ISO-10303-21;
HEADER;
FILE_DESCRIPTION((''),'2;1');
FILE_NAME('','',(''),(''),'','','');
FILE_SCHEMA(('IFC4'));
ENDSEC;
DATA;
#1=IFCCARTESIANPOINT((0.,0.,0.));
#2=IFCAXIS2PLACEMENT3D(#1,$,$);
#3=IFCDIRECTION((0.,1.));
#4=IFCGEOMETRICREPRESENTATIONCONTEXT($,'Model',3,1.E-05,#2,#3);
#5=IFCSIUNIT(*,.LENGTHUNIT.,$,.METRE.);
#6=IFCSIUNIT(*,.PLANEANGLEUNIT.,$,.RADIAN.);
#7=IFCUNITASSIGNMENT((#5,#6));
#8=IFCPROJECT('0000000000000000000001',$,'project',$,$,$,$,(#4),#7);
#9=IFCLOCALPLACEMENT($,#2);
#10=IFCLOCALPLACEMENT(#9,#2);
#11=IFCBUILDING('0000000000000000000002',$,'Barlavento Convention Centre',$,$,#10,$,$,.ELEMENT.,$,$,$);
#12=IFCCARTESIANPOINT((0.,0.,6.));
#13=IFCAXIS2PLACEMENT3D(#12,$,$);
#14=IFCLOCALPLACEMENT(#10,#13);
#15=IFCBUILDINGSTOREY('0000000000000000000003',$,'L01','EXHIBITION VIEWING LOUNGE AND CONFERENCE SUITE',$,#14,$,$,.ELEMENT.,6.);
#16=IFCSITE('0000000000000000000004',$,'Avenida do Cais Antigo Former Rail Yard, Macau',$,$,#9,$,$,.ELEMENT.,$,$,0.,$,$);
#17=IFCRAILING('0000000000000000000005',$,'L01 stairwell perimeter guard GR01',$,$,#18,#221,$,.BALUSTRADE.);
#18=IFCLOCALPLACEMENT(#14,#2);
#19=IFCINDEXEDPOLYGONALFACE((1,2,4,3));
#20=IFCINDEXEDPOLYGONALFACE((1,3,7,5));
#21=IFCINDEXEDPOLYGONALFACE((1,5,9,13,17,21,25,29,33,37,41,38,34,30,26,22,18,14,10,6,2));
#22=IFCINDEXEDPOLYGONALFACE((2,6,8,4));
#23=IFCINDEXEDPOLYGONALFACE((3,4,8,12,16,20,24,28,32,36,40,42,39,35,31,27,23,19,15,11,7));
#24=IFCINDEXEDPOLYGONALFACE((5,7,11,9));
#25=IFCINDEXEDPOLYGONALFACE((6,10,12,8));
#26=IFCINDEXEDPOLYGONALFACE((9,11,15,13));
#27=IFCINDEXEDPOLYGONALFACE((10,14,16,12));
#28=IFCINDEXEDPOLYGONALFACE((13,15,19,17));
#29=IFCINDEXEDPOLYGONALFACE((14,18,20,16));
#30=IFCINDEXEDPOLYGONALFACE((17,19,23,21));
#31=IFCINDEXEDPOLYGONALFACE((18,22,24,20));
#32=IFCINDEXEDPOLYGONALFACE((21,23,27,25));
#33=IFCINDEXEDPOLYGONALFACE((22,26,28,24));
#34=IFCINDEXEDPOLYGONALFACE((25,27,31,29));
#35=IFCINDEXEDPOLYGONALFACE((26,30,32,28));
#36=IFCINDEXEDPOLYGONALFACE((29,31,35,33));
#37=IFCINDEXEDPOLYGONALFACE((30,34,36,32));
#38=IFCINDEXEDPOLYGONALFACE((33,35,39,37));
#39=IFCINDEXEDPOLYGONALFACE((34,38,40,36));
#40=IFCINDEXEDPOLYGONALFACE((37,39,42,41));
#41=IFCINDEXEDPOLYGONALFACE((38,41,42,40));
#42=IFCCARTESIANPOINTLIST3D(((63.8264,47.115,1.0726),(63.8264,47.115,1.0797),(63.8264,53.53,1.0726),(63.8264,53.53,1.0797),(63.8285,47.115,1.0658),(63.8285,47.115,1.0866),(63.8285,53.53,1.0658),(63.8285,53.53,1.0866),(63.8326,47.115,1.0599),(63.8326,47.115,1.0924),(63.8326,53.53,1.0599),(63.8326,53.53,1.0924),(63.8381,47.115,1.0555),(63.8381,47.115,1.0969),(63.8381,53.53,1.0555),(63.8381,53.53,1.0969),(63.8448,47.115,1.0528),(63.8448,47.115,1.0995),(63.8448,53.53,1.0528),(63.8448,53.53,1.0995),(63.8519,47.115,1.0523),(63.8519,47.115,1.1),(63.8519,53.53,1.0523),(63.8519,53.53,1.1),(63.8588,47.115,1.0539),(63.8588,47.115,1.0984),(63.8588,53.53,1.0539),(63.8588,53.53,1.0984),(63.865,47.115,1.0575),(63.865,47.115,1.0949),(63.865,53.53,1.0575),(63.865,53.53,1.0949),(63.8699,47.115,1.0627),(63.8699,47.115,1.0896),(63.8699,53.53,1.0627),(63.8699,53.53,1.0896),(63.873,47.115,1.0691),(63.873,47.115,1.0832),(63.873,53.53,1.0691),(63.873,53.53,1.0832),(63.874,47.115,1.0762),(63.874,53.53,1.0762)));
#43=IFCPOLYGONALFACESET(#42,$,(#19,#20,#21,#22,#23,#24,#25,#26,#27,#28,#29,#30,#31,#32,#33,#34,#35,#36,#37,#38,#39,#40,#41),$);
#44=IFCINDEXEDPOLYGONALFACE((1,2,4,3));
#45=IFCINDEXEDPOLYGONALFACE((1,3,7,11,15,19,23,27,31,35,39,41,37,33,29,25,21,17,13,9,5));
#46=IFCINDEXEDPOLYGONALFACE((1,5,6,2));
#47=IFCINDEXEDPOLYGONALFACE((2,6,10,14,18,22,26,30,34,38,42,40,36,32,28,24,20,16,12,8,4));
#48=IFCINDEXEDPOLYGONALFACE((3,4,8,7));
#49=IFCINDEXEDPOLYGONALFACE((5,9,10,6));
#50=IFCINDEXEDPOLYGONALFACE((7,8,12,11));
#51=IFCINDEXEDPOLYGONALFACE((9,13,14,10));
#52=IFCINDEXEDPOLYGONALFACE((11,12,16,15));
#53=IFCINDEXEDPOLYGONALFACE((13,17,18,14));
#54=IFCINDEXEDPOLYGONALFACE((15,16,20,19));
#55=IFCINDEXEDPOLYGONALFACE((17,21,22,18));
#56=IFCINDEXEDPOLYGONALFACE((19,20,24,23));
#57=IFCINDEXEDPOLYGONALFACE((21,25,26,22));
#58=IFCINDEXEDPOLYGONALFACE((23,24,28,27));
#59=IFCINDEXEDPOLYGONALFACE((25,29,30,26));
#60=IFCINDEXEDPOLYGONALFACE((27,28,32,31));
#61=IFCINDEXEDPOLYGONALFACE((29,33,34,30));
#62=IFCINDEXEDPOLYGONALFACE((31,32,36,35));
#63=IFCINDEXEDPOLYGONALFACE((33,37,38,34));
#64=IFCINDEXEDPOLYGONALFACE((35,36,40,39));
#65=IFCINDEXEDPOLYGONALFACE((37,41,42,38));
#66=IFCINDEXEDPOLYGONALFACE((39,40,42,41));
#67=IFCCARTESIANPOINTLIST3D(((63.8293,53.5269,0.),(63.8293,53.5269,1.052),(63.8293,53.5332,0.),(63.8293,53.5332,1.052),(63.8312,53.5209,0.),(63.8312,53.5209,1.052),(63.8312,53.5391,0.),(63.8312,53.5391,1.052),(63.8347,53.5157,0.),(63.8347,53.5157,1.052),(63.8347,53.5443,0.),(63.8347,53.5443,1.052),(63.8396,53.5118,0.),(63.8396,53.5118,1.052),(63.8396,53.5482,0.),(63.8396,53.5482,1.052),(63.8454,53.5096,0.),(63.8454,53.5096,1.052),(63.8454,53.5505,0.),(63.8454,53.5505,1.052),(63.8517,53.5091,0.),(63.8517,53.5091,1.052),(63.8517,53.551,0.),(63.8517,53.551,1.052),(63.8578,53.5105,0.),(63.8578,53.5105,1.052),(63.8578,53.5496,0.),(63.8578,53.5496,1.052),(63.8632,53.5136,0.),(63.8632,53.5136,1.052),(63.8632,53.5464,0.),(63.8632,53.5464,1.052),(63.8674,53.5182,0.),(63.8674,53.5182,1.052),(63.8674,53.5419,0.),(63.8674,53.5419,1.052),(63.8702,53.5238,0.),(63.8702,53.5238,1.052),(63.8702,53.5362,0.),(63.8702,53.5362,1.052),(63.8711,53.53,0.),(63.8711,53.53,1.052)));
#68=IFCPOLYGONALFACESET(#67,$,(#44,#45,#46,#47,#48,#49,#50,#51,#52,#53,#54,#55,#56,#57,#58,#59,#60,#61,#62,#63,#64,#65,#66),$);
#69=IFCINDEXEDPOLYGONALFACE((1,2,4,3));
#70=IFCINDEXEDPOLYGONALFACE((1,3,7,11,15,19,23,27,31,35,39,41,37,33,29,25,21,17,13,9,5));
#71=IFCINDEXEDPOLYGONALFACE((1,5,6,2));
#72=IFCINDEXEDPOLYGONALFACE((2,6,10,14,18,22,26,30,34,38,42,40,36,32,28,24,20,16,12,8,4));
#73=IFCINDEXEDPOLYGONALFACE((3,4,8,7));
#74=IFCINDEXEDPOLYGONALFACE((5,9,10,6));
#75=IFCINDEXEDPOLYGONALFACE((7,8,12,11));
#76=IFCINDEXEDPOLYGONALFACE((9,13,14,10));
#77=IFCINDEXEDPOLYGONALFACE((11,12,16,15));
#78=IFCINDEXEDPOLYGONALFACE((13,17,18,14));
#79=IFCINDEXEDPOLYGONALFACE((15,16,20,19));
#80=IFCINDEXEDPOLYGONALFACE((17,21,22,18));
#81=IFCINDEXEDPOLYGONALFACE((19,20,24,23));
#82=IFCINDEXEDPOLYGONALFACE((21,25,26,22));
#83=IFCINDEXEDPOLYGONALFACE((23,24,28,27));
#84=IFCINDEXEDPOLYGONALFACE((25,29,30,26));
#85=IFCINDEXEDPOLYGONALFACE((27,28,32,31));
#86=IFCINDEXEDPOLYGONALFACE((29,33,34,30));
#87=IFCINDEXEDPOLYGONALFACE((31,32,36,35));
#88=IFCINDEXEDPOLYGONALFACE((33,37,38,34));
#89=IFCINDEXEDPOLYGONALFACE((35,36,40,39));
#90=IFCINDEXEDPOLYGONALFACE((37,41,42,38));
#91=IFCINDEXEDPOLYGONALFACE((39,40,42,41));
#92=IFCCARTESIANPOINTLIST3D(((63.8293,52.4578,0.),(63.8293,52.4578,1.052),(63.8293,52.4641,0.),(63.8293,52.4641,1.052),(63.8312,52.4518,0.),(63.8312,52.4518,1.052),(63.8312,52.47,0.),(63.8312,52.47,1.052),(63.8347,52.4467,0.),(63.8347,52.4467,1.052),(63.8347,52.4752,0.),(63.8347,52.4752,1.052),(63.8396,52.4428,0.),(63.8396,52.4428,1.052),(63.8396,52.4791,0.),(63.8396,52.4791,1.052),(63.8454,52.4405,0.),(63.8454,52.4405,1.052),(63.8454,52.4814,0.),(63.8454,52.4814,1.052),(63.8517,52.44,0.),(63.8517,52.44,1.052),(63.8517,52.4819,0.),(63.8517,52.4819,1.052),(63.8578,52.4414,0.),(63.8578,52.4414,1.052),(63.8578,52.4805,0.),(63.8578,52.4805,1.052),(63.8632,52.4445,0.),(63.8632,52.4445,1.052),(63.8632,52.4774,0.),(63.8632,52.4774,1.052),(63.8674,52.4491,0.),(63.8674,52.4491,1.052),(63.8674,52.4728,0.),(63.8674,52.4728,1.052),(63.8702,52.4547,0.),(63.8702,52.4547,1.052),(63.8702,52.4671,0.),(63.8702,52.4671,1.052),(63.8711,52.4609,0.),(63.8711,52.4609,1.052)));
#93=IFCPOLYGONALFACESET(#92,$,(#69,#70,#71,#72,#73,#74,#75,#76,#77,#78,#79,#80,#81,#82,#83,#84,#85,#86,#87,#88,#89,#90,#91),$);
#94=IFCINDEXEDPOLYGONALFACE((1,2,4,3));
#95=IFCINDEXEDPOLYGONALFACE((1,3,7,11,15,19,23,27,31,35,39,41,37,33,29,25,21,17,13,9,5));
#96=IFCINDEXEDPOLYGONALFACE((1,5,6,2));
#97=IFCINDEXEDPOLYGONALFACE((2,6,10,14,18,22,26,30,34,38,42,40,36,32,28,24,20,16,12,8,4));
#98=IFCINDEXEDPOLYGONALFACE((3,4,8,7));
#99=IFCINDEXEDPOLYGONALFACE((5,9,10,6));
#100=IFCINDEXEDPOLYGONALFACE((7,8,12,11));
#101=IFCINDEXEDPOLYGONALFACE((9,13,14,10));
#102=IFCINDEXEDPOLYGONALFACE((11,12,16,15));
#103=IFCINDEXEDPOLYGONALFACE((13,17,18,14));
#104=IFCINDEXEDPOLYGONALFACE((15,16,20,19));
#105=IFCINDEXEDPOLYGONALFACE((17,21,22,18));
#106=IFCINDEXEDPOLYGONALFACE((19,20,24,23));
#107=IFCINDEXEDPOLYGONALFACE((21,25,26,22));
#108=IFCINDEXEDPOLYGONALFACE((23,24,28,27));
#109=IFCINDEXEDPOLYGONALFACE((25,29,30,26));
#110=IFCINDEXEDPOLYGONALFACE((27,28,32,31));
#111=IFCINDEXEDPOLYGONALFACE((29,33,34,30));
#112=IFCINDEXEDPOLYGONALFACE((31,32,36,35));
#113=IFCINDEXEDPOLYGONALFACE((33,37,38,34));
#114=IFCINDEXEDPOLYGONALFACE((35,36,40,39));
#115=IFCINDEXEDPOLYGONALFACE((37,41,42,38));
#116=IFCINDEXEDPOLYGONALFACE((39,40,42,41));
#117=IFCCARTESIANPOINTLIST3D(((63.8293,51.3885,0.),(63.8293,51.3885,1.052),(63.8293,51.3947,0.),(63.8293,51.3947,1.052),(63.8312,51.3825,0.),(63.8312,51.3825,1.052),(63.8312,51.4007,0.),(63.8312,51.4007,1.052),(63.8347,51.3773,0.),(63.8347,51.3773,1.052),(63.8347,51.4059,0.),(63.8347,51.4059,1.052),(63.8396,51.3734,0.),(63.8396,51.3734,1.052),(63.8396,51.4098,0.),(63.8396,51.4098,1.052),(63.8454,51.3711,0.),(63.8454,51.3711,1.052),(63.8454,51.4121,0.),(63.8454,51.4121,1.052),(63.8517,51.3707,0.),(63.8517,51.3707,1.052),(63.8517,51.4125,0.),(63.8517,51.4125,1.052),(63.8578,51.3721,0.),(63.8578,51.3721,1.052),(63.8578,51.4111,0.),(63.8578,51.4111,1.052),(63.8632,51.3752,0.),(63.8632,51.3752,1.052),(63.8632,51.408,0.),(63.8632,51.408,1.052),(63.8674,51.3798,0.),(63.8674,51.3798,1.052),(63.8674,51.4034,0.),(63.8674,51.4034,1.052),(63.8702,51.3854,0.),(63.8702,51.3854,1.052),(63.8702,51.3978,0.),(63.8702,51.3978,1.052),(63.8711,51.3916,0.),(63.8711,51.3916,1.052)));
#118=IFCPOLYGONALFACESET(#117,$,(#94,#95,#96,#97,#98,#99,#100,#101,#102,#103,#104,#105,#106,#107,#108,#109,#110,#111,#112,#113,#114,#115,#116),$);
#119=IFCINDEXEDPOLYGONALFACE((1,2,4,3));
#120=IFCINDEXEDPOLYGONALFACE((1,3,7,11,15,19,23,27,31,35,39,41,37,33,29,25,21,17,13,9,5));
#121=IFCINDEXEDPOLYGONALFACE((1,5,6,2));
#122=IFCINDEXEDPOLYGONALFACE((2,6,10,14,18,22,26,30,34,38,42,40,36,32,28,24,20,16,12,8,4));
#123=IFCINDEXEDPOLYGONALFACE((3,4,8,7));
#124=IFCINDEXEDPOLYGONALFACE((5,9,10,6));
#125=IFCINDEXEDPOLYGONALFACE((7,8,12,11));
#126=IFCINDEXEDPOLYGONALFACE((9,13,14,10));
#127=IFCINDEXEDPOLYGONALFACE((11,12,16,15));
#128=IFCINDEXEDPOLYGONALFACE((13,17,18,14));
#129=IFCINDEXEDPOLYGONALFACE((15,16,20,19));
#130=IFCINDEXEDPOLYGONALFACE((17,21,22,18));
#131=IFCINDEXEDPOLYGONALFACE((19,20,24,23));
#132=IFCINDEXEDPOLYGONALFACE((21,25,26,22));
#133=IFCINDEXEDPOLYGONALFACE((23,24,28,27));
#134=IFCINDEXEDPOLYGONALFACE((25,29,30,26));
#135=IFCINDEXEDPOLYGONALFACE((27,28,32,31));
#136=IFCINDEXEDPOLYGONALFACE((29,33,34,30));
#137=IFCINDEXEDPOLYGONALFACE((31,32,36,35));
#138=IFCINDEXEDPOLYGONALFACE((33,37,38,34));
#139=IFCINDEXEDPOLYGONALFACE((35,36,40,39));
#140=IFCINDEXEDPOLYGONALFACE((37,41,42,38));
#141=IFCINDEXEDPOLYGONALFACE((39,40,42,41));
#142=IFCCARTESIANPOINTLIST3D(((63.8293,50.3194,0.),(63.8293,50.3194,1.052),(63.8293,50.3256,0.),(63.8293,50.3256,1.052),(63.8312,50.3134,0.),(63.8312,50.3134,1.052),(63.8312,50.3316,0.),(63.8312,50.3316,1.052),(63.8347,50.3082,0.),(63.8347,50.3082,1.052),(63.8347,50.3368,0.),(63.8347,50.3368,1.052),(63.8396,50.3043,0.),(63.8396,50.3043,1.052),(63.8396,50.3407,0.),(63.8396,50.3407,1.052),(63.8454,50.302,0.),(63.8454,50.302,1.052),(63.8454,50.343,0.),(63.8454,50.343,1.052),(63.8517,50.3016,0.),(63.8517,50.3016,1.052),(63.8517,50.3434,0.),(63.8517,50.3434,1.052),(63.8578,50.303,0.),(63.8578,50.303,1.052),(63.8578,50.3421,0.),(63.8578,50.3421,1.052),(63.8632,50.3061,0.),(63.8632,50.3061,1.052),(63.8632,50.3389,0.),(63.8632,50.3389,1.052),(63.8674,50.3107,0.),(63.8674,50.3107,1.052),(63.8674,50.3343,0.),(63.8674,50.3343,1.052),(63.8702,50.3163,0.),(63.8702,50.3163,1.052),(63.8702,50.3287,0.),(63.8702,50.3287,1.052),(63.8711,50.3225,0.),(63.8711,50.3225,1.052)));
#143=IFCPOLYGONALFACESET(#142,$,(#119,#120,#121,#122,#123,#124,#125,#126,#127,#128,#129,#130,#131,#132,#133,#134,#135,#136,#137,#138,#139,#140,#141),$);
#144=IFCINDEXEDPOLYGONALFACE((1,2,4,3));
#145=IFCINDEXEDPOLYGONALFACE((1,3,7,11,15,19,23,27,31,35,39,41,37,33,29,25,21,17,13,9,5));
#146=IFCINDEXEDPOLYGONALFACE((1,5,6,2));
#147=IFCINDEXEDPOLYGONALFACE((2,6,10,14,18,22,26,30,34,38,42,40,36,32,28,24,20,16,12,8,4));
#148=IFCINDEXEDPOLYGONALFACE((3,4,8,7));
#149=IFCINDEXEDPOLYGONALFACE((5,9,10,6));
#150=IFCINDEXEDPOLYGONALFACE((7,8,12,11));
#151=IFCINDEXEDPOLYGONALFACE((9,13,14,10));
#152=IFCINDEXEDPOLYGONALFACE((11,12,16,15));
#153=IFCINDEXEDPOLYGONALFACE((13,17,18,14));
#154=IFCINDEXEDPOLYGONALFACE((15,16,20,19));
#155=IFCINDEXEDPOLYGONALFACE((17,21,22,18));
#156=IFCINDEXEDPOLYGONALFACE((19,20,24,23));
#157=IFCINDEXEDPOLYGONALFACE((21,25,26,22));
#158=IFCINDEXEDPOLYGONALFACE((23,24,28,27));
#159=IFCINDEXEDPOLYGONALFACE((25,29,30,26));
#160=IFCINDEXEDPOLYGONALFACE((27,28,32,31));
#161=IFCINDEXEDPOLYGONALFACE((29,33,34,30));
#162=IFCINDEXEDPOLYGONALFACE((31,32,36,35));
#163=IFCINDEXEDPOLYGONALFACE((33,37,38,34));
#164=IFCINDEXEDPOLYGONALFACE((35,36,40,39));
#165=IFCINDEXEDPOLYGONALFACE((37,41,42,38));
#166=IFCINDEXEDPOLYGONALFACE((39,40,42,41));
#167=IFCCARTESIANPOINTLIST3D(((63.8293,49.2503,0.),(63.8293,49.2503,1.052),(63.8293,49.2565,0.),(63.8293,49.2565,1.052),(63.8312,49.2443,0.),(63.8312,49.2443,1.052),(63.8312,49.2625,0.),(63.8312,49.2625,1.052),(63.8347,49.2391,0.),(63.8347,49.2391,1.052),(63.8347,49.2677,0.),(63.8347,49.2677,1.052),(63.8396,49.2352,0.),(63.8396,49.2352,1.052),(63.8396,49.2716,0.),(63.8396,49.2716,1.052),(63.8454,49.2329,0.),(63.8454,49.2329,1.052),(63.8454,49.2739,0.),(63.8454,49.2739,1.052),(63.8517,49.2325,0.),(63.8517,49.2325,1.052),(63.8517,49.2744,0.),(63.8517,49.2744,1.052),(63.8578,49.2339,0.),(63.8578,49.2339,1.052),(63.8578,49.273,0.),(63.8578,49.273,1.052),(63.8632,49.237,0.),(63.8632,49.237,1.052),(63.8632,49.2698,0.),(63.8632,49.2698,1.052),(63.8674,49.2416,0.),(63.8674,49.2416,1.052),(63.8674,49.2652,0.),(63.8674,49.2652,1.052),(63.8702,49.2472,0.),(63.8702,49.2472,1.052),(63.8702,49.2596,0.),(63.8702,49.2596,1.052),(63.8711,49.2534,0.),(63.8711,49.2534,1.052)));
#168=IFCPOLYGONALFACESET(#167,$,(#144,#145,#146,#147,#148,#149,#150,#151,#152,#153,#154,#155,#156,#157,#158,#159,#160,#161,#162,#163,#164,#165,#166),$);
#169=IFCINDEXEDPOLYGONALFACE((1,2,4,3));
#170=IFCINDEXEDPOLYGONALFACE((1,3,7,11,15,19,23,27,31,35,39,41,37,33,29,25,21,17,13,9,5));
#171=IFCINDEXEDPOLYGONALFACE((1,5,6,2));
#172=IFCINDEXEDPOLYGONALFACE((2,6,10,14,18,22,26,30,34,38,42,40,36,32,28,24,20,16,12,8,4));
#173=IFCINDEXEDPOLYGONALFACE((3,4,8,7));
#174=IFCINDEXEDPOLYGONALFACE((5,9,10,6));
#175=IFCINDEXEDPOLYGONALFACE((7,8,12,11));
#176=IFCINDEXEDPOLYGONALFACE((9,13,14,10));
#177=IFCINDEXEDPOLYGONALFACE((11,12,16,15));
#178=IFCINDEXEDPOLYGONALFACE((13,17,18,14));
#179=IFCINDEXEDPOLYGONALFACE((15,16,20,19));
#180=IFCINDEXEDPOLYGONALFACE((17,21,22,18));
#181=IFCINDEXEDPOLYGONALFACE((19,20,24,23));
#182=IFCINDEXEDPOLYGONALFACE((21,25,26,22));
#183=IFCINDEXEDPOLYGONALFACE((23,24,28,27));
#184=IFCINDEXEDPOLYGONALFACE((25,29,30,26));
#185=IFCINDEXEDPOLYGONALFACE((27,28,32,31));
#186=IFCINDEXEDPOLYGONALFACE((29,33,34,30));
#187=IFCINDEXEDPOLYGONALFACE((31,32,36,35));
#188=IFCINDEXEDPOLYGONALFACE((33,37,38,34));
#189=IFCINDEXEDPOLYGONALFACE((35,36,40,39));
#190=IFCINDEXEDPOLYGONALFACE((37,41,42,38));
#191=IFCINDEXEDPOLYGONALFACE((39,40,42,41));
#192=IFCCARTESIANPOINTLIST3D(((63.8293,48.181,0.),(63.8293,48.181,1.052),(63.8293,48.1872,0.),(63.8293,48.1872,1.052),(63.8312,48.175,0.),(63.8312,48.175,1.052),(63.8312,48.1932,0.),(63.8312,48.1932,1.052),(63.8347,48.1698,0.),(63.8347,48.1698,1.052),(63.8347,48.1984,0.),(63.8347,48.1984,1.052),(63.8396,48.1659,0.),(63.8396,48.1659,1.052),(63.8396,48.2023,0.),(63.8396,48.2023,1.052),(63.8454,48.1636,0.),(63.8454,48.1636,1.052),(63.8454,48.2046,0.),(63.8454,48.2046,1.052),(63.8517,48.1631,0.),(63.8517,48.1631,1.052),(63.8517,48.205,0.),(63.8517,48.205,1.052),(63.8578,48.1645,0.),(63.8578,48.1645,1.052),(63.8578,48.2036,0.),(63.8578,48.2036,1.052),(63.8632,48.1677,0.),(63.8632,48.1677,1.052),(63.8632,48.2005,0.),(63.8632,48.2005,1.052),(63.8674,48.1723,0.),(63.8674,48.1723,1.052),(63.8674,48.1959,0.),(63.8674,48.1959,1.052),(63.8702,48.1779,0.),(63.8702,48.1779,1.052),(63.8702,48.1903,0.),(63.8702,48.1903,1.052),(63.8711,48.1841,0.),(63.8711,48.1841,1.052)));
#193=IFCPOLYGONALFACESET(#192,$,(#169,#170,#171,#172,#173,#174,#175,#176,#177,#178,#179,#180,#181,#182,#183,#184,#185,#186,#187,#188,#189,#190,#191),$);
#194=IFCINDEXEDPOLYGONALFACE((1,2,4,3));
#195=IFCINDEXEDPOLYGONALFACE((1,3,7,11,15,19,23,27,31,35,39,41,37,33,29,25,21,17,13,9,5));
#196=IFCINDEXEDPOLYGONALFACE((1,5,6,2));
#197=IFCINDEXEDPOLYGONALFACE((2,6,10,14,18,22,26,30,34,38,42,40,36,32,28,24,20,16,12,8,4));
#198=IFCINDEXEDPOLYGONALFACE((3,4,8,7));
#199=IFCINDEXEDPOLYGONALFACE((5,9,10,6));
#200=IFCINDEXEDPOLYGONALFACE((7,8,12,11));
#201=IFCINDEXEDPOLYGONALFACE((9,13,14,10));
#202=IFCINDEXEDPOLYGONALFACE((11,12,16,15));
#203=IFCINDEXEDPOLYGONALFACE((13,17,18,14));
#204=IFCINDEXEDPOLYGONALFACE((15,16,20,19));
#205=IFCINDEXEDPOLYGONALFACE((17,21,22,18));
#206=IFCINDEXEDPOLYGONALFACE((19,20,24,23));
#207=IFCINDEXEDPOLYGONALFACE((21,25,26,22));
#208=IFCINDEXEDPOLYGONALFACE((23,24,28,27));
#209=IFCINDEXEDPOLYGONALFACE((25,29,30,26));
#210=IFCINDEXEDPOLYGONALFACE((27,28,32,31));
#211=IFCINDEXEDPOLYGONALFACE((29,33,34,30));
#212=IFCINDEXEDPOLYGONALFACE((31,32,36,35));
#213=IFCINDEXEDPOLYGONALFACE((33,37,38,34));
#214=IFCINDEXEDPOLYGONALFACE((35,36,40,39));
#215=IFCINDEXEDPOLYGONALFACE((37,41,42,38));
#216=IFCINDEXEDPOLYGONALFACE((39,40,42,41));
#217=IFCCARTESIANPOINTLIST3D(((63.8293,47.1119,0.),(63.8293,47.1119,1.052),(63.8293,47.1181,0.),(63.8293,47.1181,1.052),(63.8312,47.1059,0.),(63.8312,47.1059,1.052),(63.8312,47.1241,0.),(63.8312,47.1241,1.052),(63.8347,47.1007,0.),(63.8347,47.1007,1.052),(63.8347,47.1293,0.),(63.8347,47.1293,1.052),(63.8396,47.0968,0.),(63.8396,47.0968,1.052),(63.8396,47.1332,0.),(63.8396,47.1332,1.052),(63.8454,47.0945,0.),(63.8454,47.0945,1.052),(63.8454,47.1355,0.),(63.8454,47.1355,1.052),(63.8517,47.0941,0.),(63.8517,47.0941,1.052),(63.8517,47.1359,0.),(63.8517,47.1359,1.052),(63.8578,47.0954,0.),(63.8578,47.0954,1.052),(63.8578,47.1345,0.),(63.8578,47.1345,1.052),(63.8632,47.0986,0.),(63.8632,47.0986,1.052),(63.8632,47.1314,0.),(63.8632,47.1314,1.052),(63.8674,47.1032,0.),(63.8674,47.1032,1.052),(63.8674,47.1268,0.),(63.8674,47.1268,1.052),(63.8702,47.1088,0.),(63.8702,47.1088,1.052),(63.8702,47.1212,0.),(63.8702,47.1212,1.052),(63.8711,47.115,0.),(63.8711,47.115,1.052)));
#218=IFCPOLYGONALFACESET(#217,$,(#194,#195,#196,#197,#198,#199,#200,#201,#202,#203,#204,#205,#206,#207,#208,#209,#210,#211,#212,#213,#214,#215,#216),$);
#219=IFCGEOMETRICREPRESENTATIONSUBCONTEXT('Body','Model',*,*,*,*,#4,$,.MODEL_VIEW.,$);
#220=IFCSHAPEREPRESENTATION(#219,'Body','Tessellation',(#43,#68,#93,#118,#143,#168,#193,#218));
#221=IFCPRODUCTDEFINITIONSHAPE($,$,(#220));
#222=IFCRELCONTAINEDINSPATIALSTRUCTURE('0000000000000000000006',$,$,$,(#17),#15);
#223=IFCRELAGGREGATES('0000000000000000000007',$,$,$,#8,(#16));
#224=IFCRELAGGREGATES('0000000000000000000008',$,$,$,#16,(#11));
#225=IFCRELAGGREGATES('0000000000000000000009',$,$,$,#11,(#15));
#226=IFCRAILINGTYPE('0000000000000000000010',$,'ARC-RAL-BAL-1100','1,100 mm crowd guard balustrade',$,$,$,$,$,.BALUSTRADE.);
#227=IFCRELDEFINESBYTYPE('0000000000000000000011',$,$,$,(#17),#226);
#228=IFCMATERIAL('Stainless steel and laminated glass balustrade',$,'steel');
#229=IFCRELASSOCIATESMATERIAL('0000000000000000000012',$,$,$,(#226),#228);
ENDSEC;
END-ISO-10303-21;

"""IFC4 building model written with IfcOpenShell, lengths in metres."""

from ifc_helpers import new_model, si_unit, direction, frame, origin, origin_2d, place, context, subcontext, project, spatial, circle, extrude, material, type_object, element, save


model = new_model("IFC4")

# Units and contexts
model_context = context("Model", 3, precision=1e-05, world=origin(), true_north=direction((0.0, 1.0)))
body_context = subcontext(model_context, "Body", "Model", "MODEL_VIEW")
ifc_project = project(units=[si_unit("LENGTHUNIT", "METRE"), si_unit("PLANEANGLEUNIT", "RADIAN")], contexts=[model_context])

# Site, building, storey
site_placement = place(None, origin())
site = spatial("IfcSite", under=ifc_project, at=site_placement, Name="Avenida do Cais Antigo Former Rail Yard, Macau", CompositionType="ELEMENT", RefElevation=0.0)
building_placement = place(site_placement, origin())
building = spatial("IfcBuilding", under=site, at=building_placement, Name="Barlavento Convention Centre", CompositionType="ELEMENT")
storey_placement = place(building_placement, frame((0.0, 0.0, 6.0)))
storey = spatial("IfcBuildingStorey", under=building, at=storey_placement, Name="L01", Description="EXHIBITION VIEWING LOUNGE AND CONFERENCE SUITE", CompositionType="ELEMENT", Elevation=6.0)

# Railing
ifc_material_1 = material(Name="Stainless steel and laminated glass balustrade", Category="steel")
railing_type_1 = type_object("IfcRailingType", Name="ARC-RAL-BAL-1100", Description="1,100 mm crowd guard balustrade", PredefinedType="BALUSTRADE", material=ifc_material_1)
railing_1_placement = place(storey_placement, frame((63.8501, 53.53, 0.0)))
element("IfcRailing", 1, at=railing_1_placement, inside=storey, type_object=railing_type_1, Name="L01 stairwell perimeter guard GR01", PredefinedType="BALUSTRADE", context=body_context, shape_type="SweptSolid", body=[
    extrude(circle(Radius=0.0239, at=origin_2d()), frame((0.0, 0.0, 1.0762), z_axis=(0.0, -1.0, 0.0), x_axis=(1.0, 0.0, 0.0)), (0.0, 0.0, 1.0), 6.415),
    extrude(circle(Radius=0.021, at=origin_2d()), origin(), (0.0, 0.0, 1.0), 1.052),
    extrude(circle(Radius=0.021, at=origin_2d()), frame((0.0, -1.0691, 0.0)), (0.0, 0.0, 1.0), 1.052),
    extrude(circle(Radius=0.021, at=origin_2d()), frame((0.0, -2.1384, 0.0)), (0.0, 0.0, 1.0), 1.052),
    extrude(circle(Radius=0.021, at=origin_2d()), frame((0.0, -3.2075, 0.0)), (0.0, 0.0, 1.0), 1.052),
    extrude(circle(Radius=0.021, at=origin_2d()), frame((0.0, -4.2766, 0.0)), (0.0, 0.0, 1.0), 1.052),
    extrude(circle(Radius=0.021, at=origin_2d()), frame((0.0, -5.3459, 0.0)), (0.0, 0.0, 1.0), 1.052),
    extrude(circle(Radius=0.021, at=origin_2d()), frame((0.0, -6.415, 0.0)), (0.0, 0.0, 1.0), 1.052),
])

save(model, "model.ifc")
